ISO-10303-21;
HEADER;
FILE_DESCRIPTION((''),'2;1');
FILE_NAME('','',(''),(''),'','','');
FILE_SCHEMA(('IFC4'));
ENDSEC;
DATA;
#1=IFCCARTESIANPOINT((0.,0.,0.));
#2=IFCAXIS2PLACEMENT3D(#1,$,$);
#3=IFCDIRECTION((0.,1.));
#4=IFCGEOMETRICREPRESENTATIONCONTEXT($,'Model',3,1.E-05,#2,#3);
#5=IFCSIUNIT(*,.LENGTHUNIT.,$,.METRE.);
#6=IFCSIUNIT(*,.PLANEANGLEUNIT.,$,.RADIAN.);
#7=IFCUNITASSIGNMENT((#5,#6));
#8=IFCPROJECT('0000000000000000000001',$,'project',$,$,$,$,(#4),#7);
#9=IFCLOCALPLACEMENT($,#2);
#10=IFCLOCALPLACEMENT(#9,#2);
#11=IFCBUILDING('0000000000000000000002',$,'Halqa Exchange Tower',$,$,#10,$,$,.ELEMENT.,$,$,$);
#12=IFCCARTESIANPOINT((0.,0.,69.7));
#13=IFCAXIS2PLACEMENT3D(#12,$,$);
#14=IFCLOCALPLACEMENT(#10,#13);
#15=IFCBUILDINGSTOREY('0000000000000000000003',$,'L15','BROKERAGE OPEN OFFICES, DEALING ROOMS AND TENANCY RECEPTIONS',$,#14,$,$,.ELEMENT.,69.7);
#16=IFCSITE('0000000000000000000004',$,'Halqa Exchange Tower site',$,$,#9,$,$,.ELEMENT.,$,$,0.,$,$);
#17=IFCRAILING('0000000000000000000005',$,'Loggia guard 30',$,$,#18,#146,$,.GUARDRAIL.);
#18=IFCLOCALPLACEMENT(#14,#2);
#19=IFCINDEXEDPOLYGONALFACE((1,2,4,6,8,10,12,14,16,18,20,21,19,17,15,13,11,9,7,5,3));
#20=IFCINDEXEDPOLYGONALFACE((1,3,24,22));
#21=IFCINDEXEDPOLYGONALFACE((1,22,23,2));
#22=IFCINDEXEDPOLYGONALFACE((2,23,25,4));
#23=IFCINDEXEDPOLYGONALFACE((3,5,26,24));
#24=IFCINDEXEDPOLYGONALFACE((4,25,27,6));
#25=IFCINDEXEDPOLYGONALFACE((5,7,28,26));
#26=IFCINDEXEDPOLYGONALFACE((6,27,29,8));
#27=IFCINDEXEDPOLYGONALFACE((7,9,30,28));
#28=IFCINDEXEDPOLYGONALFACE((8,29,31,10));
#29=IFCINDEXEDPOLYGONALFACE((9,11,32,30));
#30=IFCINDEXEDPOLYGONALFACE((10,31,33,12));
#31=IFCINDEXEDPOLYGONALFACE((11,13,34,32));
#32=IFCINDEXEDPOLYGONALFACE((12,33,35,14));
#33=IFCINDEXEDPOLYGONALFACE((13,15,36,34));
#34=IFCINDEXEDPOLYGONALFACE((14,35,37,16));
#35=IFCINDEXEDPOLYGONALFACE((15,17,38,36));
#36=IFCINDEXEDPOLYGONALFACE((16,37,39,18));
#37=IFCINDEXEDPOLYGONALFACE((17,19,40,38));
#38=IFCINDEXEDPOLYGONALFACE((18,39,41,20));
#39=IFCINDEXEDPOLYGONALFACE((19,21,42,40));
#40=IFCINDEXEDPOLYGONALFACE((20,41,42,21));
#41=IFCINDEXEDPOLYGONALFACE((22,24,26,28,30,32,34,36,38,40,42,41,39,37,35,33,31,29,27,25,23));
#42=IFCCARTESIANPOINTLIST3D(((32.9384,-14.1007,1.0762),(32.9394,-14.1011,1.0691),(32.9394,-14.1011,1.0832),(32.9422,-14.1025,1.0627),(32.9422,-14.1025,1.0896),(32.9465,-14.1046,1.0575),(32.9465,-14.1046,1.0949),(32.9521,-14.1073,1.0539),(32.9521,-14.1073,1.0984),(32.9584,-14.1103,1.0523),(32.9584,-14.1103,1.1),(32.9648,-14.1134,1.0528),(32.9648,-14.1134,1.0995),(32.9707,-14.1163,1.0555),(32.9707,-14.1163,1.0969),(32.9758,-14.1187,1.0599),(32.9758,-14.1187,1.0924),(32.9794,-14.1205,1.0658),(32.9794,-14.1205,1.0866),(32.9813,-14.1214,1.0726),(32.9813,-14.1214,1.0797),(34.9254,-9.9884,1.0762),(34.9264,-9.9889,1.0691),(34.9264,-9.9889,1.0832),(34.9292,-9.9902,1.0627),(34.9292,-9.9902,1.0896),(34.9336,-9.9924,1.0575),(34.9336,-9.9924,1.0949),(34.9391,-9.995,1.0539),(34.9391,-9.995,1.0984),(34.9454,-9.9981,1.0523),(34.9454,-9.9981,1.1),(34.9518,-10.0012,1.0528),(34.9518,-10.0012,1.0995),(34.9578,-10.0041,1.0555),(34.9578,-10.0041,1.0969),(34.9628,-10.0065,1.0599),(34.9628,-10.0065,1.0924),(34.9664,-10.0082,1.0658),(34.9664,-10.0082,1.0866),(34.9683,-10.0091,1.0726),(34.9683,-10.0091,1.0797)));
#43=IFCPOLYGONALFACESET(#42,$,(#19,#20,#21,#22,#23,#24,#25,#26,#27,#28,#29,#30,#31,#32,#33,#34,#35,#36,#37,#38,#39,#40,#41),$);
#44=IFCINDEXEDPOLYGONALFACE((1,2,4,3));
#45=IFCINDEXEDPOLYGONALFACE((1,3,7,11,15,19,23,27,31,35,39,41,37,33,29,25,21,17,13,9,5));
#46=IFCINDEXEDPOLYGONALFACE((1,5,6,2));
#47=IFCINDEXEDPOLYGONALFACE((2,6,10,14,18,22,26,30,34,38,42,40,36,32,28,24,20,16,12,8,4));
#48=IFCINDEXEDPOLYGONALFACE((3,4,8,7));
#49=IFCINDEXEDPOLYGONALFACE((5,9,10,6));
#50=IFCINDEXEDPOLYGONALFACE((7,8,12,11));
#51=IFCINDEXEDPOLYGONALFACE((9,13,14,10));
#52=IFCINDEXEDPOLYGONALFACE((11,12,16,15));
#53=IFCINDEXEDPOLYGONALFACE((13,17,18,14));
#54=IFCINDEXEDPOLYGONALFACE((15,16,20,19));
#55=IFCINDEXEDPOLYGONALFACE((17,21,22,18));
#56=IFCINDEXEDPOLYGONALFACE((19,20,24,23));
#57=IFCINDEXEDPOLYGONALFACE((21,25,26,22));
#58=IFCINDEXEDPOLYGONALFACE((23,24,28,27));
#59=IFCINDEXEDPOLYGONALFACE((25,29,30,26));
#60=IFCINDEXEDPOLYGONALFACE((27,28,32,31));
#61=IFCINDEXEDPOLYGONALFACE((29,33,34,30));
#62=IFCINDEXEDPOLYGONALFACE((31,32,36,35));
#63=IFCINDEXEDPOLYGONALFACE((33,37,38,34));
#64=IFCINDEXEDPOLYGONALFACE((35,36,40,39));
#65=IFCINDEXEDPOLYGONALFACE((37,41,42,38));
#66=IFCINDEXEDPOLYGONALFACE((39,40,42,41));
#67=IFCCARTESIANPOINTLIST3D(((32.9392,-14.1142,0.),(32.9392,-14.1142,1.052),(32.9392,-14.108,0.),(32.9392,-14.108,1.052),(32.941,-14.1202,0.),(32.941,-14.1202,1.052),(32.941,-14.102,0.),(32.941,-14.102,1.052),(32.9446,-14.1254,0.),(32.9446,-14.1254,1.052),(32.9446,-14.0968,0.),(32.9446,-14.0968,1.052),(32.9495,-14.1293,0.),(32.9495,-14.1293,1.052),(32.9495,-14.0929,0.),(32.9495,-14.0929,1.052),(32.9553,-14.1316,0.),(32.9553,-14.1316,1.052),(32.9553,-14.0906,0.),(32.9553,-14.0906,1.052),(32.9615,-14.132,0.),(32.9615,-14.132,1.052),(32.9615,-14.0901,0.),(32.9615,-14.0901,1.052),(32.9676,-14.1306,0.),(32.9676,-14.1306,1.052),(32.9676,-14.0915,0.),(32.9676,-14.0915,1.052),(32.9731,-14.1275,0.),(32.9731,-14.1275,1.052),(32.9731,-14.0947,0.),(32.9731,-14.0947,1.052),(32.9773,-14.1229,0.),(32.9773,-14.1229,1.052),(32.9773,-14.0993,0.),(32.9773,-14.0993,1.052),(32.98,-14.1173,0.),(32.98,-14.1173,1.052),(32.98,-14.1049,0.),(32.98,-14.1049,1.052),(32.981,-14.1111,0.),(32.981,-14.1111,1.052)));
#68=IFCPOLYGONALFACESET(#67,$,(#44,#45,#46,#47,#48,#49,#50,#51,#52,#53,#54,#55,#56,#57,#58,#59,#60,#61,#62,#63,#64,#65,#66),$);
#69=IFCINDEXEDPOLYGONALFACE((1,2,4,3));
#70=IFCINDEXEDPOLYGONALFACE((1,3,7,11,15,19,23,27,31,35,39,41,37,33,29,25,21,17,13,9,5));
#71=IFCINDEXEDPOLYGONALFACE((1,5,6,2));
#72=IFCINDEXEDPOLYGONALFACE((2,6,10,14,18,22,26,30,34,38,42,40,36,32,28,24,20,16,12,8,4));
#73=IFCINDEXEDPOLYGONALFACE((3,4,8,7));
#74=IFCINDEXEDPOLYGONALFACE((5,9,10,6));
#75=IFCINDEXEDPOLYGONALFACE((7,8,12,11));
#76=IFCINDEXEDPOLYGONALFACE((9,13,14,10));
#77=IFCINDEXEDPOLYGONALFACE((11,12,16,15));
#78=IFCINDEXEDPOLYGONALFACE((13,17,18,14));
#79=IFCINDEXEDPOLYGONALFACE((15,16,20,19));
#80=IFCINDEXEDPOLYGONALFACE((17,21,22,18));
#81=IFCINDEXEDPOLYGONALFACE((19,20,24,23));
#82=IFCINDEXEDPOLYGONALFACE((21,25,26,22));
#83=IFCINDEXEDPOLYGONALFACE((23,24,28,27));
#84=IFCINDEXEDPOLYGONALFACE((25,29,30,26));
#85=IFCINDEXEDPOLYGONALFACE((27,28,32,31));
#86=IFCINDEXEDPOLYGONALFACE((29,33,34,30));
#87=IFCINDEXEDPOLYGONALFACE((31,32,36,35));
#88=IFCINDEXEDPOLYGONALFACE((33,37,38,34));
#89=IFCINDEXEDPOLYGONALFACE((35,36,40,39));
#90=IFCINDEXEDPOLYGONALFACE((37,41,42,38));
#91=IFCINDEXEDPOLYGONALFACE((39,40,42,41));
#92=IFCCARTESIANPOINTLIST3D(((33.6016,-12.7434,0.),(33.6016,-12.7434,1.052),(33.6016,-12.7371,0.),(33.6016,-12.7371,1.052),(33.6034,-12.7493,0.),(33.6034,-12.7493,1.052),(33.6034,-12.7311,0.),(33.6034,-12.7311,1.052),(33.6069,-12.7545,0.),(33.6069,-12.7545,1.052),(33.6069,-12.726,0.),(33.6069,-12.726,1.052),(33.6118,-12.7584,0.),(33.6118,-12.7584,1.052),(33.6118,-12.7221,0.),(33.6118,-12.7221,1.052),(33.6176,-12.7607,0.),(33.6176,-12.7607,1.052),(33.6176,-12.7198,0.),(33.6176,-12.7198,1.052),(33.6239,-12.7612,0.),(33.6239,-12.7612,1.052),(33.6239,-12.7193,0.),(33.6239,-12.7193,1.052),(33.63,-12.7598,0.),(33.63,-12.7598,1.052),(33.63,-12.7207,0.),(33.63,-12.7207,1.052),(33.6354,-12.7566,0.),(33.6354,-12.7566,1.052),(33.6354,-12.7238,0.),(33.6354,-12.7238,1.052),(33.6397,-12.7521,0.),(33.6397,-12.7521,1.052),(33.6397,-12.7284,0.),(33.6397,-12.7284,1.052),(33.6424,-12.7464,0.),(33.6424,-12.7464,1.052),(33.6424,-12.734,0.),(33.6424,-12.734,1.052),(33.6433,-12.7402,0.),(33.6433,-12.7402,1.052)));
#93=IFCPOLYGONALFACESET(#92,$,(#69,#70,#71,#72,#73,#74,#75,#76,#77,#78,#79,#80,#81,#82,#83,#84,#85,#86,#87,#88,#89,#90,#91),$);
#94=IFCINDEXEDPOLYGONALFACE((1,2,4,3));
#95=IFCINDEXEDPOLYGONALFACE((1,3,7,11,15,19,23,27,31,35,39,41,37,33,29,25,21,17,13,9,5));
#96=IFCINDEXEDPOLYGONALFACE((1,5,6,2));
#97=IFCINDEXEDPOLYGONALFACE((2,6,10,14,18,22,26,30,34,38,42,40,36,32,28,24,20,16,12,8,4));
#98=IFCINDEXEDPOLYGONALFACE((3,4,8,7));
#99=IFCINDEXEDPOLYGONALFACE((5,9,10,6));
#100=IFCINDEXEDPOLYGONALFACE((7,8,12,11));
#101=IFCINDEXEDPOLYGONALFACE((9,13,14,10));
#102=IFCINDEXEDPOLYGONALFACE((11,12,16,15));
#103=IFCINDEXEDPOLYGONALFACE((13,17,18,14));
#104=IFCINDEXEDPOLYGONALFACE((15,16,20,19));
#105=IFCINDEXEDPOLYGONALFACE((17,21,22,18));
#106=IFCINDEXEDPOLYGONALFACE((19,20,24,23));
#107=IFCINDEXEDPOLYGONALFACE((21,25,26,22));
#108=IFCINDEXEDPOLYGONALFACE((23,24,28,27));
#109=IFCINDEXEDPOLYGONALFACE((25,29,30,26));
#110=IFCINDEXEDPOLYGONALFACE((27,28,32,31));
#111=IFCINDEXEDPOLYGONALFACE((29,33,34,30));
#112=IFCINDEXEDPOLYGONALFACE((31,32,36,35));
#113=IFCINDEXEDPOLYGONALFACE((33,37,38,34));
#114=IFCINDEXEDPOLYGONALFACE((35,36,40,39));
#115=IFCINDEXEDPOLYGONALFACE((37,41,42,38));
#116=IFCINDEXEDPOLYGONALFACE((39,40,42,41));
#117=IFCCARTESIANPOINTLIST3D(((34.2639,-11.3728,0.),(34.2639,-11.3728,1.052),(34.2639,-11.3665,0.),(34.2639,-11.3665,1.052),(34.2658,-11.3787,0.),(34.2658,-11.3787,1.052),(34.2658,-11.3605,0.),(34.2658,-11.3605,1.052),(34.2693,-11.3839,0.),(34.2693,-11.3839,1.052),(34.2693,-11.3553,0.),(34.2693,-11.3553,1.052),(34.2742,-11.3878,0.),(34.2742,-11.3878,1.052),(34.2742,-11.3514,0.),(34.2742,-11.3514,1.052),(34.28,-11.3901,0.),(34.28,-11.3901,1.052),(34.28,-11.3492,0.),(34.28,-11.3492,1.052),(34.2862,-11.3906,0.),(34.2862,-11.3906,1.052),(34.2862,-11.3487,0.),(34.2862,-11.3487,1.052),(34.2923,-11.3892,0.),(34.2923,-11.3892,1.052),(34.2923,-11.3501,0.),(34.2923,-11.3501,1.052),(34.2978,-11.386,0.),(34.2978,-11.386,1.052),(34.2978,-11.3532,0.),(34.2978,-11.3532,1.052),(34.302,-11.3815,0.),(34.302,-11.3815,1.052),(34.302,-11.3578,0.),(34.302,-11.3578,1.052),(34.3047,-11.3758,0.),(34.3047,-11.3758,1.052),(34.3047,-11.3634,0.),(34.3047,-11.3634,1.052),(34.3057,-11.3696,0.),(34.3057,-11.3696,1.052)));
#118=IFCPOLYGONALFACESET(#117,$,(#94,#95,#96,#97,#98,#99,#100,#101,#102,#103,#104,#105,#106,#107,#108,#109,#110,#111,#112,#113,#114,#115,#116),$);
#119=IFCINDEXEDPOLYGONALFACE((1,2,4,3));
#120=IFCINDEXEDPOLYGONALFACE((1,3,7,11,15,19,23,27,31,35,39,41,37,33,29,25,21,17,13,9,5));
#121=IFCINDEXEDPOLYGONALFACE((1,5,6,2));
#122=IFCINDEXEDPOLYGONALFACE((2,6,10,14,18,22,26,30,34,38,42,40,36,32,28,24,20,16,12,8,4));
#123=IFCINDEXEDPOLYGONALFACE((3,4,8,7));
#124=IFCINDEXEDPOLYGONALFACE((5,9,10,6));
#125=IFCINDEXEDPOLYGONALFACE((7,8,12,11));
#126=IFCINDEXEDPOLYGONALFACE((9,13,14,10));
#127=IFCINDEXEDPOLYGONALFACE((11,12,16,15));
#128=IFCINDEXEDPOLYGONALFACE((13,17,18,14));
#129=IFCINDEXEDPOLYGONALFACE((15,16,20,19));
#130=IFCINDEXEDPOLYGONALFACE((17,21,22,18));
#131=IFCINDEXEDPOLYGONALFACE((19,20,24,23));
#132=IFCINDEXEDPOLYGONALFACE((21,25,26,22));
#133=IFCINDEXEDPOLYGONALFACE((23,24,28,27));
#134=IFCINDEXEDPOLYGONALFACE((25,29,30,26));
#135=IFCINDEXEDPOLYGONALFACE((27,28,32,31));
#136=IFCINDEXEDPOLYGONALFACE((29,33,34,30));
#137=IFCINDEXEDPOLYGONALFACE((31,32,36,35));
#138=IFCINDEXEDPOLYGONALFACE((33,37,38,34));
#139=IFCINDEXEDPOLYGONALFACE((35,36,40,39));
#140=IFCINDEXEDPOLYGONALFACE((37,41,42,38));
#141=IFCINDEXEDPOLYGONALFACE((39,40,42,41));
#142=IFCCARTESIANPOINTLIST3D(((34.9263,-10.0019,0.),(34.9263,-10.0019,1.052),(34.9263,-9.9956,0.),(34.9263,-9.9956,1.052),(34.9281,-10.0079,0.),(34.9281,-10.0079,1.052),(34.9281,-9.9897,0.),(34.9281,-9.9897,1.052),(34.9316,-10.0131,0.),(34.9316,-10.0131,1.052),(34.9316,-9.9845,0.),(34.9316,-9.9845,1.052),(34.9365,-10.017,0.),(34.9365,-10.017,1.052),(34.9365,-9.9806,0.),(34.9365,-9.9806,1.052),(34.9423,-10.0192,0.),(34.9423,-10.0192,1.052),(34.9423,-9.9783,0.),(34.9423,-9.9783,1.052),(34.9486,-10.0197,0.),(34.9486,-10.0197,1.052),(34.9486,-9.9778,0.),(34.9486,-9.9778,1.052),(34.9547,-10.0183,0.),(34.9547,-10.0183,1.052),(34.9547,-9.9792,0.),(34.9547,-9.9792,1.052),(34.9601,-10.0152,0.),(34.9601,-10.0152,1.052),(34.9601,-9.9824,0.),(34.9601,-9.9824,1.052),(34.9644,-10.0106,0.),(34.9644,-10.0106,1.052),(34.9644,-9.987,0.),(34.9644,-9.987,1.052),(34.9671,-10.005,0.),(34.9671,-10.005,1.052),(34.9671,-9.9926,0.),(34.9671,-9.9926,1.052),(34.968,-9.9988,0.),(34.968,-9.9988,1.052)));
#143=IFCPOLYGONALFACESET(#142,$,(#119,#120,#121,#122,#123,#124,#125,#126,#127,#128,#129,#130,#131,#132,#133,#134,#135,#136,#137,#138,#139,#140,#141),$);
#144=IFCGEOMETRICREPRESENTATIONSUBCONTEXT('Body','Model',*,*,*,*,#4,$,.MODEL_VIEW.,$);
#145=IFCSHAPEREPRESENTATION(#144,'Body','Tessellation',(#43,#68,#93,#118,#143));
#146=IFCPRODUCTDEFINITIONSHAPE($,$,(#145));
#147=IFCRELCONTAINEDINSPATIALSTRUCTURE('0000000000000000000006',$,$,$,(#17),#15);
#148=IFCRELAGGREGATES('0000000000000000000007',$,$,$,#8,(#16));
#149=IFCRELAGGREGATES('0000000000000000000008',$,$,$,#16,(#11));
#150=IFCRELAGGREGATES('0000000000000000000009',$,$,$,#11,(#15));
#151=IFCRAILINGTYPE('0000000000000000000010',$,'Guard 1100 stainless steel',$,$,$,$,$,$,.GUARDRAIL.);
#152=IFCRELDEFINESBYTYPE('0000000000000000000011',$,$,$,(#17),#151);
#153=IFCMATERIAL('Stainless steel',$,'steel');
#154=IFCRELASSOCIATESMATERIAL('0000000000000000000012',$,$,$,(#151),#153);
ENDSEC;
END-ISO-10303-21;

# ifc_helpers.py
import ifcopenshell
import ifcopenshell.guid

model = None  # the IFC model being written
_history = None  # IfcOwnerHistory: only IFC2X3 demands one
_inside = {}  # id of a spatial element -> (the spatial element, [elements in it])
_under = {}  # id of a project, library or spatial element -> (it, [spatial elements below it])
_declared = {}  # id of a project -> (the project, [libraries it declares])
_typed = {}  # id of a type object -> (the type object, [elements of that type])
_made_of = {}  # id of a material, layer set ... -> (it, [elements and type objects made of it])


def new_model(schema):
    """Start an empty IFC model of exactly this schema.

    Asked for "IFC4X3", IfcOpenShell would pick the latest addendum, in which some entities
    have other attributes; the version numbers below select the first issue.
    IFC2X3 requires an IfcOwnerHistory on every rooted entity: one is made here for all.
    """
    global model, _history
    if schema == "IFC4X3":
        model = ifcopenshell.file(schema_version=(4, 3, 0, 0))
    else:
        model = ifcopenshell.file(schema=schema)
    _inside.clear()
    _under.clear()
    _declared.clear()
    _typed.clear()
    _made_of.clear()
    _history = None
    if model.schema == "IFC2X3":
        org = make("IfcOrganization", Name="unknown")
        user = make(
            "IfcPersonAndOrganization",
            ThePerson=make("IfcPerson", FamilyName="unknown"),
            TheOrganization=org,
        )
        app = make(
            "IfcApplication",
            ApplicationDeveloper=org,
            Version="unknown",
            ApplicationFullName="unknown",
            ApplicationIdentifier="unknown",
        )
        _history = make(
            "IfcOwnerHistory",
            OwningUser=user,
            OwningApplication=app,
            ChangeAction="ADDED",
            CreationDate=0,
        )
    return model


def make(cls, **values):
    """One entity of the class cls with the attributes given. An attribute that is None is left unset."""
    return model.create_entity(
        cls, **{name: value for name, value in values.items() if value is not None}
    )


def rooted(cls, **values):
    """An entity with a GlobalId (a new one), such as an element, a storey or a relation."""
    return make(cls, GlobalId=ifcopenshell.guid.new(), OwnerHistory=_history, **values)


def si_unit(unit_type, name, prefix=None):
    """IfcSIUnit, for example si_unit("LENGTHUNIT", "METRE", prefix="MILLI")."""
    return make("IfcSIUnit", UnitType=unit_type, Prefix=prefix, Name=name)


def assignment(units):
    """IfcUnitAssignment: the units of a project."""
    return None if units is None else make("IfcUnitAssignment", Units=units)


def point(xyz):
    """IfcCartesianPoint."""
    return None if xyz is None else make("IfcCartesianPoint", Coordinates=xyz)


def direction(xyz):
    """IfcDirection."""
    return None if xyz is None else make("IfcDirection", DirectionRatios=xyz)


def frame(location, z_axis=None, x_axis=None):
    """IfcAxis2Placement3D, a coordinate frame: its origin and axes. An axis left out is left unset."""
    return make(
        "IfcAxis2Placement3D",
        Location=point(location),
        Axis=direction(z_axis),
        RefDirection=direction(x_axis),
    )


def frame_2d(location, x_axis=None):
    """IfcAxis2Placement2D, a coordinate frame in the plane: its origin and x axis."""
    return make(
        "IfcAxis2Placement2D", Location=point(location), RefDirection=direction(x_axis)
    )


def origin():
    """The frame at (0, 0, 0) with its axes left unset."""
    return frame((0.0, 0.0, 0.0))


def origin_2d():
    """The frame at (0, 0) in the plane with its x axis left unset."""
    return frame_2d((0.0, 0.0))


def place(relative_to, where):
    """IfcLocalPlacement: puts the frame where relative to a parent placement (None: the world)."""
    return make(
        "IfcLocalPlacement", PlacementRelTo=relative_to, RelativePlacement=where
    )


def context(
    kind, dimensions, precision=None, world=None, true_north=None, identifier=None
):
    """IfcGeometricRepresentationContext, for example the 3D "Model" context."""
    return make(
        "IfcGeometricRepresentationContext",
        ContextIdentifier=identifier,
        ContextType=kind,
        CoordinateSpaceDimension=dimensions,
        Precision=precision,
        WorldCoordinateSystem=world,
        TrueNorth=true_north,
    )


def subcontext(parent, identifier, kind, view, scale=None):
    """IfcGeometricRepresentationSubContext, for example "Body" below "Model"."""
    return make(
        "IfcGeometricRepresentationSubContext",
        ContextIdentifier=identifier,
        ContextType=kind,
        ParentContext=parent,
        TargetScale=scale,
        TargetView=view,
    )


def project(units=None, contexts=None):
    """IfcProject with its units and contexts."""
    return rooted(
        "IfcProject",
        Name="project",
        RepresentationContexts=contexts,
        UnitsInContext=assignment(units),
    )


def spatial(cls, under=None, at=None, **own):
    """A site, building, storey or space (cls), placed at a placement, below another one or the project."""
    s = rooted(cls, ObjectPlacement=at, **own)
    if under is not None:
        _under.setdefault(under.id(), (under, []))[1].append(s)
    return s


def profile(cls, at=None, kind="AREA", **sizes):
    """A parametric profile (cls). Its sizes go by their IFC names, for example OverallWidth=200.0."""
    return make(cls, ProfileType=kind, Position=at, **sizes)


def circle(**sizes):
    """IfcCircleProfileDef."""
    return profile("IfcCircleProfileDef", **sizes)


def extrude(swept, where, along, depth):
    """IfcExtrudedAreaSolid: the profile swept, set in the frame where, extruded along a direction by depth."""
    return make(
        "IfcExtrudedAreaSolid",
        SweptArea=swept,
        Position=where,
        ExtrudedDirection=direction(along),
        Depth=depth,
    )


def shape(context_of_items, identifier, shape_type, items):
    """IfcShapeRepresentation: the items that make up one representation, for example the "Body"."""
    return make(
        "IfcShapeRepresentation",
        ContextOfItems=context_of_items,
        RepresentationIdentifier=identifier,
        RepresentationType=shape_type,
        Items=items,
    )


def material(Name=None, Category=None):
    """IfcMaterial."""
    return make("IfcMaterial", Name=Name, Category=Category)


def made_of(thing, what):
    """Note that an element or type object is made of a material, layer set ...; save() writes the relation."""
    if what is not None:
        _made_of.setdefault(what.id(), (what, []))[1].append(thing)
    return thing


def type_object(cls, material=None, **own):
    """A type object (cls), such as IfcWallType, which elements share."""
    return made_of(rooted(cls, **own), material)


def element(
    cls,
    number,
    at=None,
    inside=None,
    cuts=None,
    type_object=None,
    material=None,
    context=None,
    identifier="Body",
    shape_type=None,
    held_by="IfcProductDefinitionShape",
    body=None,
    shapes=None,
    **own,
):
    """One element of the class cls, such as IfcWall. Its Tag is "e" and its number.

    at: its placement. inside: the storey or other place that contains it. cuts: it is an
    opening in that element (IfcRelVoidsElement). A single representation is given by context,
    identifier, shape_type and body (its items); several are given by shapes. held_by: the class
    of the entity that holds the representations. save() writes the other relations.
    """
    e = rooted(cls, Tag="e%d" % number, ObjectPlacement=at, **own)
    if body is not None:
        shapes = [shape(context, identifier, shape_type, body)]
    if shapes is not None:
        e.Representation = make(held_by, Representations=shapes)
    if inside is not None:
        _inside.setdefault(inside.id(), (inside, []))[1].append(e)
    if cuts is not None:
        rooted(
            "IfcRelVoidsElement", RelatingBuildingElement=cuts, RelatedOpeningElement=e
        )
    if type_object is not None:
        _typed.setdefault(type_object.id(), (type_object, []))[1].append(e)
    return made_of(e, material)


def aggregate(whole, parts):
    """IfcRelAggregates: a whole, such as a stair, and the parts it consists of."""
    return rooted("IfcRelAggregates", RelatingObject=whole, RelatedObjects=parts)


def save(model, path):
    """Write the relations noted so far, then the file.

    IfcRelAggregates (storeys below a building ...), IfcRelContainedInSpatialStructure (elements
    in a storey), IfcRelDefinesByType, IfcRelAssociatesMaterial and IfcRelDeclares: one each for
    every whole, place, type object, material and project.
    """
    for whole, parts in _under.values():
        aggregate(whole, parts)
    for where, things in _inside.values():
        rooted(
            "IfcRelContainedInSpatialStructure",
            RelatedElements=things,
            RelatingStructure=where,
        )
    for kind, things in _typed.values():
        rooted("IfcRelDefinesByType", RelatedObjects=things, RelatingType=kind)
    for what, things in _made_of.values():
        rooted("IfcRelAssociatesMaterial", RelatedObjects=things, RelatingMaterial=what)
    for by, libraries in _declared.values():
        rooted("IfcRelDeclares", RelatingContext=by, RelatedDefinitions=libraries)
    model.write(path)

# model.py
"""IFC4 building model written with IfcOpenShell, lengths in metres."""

from ifc_helpers import new_model, si_unit, direction, frame, origin, origin_2d, place, context, subcontext, project, spatial, circle, extrude, material, type_object, element, save


model = new_model("IFC4")

# Units and contexts
model_context = context("Model", 3, precision=1e-05, world=origin(), true_north=direction((0.0, 1.0)))
body_context = subcontext(model_context, "Body", "Model", "MODEL_VIEW")
ifc_project = project(units=[si_unit("LENGTHUNIT", "METRE"), si_unit("PLANEANGLEUNIT", "RADIAN")], contexts=[model_context])

# Site, building, storey
site_placement = place(None, origin())
site = spatial("IfcSite", under=ifc_project, at=site_placement, Name="Halqa Exchange Tower site", CompositionType="ELEMENT", RefElevation=0.0)
building_placement = place(site_placement, origin())
building = spatial("IfcBuilding", under=site, at=building_placement, Name="Halqa Exchange Tower", CompositionType="ELEMENT")
storey_placement = place(building_placement, frame((0.0, 0.0, 69.7)))
storey = spatial("IfcBuildingStorey", under=building, at=storey_placement, Name="L15", Description="BROKERAGE OPEN OFFICES, DEALING ROOMS AND TENANCY RECEPTIONS", CompositionType="ELEMENT", Elevation=69.7)

# Railing
ifc_material_1 = material(Name="Stainless steel", Category="steel")
railing_type = type_object("IfcRailingType", Name="Guard 1100 stainless steel", PredefinedType="GUARDRAIL", material=ifc_material_1)
railing_1_placement = place(storey_placement, frame((32.96, -14.1111, 0.0)))
element("IfcRailing", 1, at=railing_1_placement, inside=storey, type_object=railing_type, Name="Loggia guard 30", PredefinedType="GUARDRAIL", context=body_context, shape_type="SweptSolid", body=[
    extrude(circle(Radius=0.0239, at=origin_2d()), frame((0.0, 0.0, 1.0762), z_axis=(0.43507, 0.900396, 0.0), x_axis=(-0.900396, 0.43507, 0.0)), (0.0, 0.0, 1.0), 4.5671),
    extrude(circle(Radius=0.021, at=origin_2d()), origin(), (0.0, 0.0, 1.0), 1.052),
    extrude(circle(Radius=0.021, at=origin_2d()), frame((0.6624, 1.3708, 0.0)), (0.0, 0.0, 1.0), 1.052),
    extrude(circle(Radius=0.021, at=origin_2d()), frame((1.3247, 2.7415, 0.0)), (0.0, 0.0, 1.0), 1.052),
    extrude(circle(Radius=0.021, at=origin_2d()), frame((1.9871, 4.1123, 0.0)), (0.0, 0.0, 1.0), 1.052),
])

save(model, "model.ifc")
